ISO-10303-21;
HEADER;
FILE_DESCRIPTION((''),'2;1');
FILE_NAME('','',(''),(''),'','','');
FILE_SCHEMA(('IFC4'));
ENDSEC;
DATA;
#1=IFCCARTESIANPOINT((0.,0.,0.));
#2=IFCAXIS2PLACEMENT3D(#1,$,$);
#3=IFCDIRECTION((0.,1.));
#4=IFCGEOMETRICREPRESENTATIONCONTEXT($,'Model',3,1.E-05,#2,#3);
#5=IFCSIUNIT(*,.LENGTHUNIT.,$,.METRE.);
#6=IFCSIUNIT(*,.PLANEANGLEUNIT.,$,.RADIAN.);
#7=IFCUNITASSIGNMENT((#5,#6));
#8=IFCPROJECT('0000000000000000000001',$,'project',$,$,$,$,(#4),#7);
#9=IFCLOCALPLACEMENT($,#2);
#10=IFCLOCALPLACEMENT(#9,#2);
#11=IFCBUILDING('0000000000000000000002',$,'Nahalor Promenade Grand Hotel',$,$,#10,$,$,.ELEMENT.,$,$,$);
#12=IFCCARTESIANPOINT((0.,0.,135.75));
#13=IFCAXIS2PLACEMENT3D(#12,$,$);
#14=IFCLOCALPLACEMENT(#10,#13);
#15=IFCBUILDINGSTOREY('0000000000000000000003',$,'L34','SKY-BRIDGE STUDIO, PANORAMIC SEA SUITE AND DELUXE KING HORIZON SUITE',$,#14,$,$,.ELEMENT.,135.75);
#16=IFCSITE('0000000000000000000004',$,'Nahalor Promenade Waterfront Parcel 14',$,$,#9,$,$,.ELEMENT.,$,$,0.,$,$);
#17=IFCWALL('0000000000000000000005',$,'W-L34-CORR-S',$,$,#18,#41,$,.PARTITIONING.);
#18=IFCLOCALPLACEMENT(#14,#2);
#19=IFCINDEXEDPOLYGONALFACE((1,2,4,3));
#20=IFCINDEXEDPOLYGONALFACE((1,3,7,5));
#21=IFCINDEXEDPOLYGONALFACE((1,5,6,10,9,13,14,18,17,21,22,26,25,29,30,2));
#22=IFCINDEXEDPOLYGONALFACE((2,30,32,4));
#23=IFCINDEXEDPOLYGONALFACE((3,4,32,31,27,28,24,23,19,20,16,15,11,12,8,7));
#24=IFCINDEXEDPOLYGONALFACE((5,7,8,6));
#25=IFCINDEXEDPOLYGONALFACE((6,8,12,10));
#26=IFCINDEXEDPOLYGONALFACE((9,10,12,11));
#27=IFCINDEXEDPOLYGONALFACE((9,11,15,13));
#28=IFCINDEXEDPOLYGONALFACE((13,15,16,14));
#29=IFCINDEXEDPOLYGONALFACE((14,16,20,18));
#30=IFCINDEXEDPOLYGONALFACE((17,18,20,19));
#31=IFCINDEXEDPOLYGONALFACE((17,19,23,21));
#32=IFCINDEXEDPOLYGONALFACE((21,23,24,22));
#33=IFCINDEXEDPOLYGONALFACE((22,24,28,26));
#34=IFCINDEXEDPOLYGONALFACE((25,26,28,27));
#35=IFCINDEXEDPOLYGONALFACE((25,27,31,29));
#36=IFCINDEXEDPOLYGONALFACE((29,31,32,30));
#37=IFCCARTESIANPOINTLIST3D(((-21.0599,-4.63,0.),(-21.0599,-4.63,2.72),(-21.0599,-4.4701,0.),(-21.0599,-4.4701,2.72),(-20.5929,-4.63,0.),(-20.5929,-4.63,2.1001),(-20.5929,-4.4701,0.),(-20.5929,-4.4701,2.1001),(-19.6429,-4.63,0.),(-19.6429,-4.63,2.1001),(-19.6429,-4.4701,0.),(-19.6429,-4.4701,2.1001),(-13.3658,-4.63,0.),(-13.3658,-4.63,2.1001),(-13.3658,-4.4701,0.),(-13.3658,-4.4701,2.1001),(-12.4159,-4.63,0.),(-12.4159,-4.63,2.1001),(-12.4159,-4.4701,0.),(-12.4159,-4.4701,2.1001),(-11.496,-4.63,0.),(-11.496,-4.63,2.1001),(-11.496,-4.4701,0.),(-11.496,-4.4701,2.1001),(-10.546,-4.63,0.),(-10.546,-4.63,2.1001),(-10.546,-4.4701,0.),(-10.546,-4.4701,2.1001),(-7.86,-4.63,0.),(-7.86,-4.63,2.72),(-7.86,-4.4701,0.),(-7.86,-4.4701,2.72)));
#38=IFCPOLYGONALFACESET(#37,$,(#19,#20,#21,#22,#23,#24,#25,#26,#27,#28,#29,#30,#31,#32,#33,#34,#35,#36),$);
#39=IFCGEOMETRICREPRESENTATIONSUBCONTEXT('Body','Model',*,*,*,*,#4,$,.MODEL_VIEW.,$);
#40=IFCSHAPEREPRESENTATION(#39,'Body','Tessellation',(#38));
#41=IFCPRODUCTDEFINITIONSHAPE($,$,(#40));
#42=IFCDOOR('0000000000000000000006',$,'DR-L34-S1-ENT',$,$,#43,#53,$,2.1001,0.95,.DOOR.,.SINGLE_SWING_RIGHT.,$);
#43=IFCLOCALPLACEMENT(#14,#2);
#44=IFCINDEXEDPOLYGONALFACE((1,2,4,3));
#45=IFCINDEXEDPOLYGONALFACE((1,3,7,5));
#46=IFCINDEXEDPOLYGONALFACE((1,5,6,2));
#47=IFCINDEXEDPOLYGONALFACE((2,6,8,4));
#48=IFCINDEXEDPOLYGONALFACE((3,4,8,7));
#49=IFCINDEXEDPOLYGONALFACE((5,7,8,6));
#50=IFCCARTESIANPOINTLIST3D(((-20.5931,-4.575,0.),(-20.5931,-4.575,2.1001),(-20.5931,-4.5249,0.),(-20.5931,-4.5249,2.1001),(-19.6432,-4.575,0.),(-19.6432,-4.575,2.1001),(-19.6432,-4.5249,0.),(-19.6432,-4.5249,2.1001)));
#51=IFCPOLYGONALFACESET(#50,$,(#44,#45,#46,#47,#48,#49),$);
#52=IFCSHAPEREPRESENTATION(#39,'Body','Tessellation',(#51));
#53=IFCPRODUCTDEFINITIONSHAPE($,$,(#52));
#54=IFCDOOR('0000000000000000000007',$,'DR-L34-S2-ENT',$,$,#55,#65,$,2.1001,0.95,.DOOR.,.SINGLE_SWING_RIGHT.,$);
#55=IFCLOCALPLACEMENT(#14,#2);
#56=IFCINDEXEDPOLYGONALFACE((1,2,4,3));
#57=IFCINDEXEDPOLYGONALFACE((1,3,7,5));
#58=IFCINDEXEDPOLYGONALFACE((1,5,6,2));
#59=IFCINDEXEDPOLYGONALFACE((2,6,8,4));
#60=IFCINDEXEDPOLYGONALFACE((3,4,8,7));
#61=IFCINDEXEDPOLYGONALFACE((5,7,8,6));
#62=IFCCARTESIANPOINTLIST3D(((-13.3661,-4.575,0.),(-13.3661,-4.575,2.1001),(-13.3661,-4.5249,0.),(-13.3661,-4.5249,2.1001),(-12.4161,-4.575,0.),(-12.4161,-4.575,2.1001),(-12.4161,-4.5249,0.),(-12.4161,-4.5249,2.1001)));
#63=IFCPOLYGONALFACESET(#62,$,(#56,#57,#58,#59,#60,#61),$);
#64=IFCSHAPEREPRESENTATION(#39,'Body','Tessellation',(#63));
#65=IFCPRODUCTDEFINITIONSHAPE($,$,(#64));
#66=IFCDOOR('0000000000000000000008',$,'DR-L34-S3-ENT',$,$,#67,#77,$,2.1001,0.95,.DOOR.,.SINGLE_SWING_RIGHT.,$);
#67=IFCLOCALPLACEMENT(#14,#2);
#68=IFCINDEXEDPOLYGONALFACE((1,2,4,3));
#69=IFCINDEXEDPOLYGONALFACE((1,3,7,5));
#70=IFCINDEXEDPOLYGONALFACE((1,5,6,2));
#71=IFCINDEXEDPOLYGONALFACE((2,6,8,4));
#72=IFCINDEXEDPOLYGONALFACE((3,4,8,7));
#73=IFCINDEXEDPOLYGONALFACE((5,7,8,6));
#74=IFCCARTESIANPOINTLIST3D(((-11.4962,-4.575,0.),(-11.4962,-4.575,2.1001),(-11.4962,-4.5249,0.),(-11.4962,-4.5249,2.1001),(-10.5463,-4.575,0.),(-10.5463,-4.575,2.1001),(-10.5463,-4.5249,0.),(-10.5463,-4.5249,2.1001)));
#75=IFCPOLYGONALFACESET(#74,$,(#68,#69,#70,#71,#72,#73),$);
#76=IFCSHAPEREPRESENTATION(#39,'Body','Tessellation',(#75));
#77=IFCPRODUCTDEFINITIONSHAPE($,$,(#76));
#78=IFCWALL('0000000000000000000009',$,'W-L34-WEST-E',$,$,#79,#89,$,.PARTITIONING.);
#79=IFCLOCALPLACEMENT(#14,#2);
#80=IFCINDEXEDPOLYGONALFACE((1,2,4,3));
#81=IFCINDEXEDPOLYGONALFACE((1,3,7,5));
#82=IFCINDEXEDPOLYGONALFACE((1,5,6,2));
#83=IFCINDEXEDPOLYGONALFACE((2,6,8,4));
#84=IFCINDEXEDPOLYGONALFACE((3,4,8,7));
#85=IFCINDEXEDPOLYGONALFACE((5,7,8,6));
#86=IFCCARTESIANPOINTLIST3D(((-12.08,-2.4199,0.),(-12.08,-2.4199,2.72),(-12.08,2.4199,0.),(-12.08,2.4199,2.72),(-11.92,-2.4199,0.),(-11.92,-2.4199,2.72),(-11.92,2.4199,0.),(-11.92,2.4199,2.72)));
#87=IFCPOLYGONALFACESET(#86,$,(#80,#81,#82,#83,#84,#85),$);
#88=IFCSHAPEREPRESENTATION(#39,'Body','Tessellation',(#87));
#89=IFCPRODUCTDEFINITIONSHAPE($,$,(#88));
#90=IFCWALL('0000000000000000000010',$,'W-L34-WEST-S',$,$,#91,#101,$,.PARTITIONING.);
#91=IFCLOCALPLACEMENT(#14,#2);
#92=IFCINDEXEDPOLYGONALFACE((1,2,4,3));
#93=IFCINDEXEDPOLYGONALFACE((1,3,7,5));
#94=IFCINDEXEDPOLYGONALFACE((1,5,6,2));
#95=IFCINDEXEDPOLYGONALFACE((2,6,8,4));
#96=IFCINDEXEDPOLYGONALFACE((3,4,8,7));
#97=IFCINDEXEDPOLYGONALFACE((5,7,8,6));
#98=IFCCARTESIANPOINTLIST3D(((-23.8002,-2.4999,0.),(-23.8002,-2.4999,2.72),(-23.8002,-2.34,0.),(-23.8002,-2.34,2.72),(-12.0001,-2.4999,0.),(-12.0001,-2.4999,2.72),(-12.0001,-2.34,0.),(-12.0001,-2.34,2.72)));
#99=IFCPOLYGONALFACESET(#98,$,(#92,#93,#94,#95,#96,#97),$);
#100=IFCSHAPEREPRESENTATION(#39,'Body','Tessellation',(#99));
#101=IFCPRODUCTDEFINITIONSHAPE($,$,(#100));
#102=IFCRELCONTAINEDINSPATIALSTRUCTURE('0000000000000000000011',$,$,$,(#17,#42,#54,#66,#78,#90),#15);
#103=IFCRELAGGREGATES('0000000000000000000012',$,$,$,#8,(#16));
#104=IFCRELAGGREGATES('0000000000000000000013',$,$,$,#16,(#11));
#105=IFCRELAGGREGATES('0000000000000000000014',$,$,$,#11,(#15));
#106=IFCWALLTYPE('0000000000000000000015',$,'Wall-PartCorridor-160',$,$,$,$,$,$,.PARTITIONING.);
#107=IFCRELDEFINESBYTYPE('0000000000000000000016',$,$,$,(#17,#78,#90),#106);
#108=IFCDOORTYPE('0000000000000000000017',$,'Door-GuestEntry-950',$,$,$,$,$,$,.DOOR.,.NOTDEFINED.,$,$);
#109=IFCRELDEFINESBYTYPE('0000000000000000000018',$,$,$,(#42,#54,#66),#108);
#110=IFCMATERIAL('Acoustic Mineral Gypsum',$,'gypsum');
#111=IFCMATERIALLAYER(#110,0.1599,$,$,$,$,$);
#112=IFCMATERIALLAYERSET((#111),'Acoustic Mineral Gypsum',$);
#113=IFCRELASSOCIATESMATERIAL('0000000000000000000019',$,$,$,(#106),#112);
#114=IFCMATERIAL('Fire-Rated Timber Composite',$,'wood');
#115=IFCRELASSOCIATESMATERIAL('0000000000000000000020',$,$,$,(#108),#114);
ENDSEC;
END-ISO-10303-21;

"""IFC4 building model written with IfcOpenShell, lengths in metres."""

from ifc_helpers import new_model, si_unit, direction, frame, frame_2d, origin, place, context, subcontext, project, spatial, rectangle, extrude, source, transform, mapped, material, layer, layer_set, type_object, element, fill, save


model = new_model("IFC4")

# Units and contexts
model_context = context("Model", 3, precision=1e-05, world=origin(), true_north=direction((0.0, 1.0)))
body_context = subcontext(model_context, "Body", "Model", "MODEL_VIEW")
ifc_project = project(units=[si_unit("LENGTHUNIT", "METRE"), si_unit("PLANEANGLEUNIT", "RADIAN")], contexts=[model_context])

# Site, building, storey
site_placement = place(None, origin())
site = spatial("IfcSite", under=ifc_project, at=site_placement, Name="Nahalor Promenade Waterfront Parcel 14", CompositionType="ELEMENT", RefElevation=0.0)
building_placement = place(site_placement, origin())
building = spatial("IfcBuilding", under=site, at=building_placement, Name="Nahalor Promenade Grand Hotel", CompositionType="ELEMENT")
storey_placement = place(building_placement, frame((0.0, 0.0, 135.75)))
storey = spatial("IfcBuildingStorey", under=building, at=storey_placement, Name="L34", Description="SKY-BRIDGE STUDIO, PANORAMIC SEA SUITE AND DELUXE KING HORIZON SUITE", CompositionType="ELEMENT", Elevation=135.75)

# Wall, openings, doors
ifc_material_1 = material(Name="Acoustic Mineral Gypsum", Category="gypsum")
ifc_layer_1 = layer(ifc_material_1, 0.1599)
ifc_layer_set_1 = layer_set([ifc_layer_1], Name="Acoustic Mineral Gypsum")
wall_type = type_object("IfcWallType", Name="Wall-PartCorridor-160", PredefinedType="PARTITIONING", material=ifc_layer_set_1)
shared_shape_1 = source(origin(), body_context, "Body", "SweptSolid", [
    extrude(rectangle(XDim=13.2, YDim=0.1599, at=frame_2d((6.6001, 0.0))), origin(), (0.0, 0.0, 1.0), 2.72),
])
wall_1_placement = place(storey_placement, frame((-21.0601, -4.55, 0.0), z_axis=(0.0, 0.0, 1.0), x_axis=(1.0, 0.0, 0.0)))
wall_1 = element("IfcWall", 1, at=wall_1_placement, inside=storey, type_object=wall_type, Name="W-L34-CORR-S", PredefinedType="PARTITIONING", context=body_context, shape_type="MappedRepresentation", body=[
    mapped(shared_shape_1, transform((0.0, 0.0, 0.0), scale=1.0)),
])
opening_1_placement = place(wall_1_placement, frame((0.467, 0.0, 0.0)))
opening_1 = element("IfcOpeningElement", 2, at=opening_1_placement, cuts=wall_1, PredefinedType="OPENING", context=body_context, shape_type="SweptSolid", body=[
    extrude(rectangle(XDim=0.95, YDim=2.1001, at=frame_2d((0.4751, 1.05))), frame((0.0, 0.0898, 0.0), z_axis=(0.0, -1.0, 0.0), x_axis=(1.0, 0.0, 0.0)), (0.0, 0.0, 1.0), 0.1799),
])
opening_2_placement = place(wall_1_placement, frame((7.6941, 0.0, 0.0)))
opening_2 = element("IfcOpeningElement", 3, at=opening_2_placement, cuts=wall_1, PredefinedType="OPENING", context=body_context, shape_type="SweptSolid", body=[
    extrude(rectangle(XDim=0.95, YDim=2.1001, at=frame_2d((0.4751, 1.05))), frame((0.0, 0.0898, 0.0), z_axis=(0.0, -1.0, 0.0), x_axis=(1.0, 0.0, 0.0)), (0.0, 0.0, 1.0), 0.1799),
])
opening_3_placement = place(wall_1_placement, frame((9.564, 0.0, 0.0)))
opening_3 = element("IfcOpeningElement", 4, at=opening_3_placement, cuts=wall_1, PredefinedType="OPENING", context=body_context, shape_type="SweptSolid", body=[
    extrude(rectangle(XDim=0.95, YDim=2.1001, at=frame_2d((0.4751, 1.05))), frame((0.0, 0.0898, 0.0), z_axis=(0.0, -1.0, 0.0), x_axis=(1.0, 0.0, 0.0)), (0.0, 0.0, 1.0), 0.1799),
])
ifc_material_2 = material(Name="Fire-Rated Timber Composite", Category="wood")
door_type = type_object("IfcDoorType", Name="Door-GuestEntry-950", OperationType="NOTDEFINED", PredefinedType="DOOR", material=ifc_material_2)
shared_shape_2 = source(origin(), body_context, "Body", "SweptSolid", [
    extrude(rectangle(XDim=0.95, YDim=2.1001, at=frame_2d((0.4751, 1.05))), frame((0.0, 0.0249, 0.0), z_axis=(0.0, -1.0, 0.0), x_axis=(1.0, 0.0, 0.0)), (0.0, 0.0, 1.0), 0.05),
])
door_1_placement = place(opening_1_placement, frame((0.95, 0.0, 0.0), z_axis=(0.0, 0.0, 1.0), x_axis=(-1.0, 0.0, 0.0)))
door_1 = element("IfcDoor", 5, at=door_1_placement, inside=storey, type_object=door_type, Name="DR-L34-S1-ENT", OperationType="SINGLE_SWING_RIGHT", OverallHeight=2.1001, OverallWidth=0.95, PredefinedType="DOOR", context=body_context, shape_type="MappedRepresentation", body=[
    mapped(shared_shape_2, transform((0.0, 0.0, 0.0), scale=1.0)),
])
fill(opening_1, door_1)
door_2_placement = place(opening_2_placement, frame((0.95, 0.0, 0.0), z_axis=(0.0, 0.0, 1.0), x_axis=(-1.0, 0.0, 0.0)))
door_2 = element("IfcDoor", 6, at=door_2_placement, inside=storey, type_object=door_type, Name="DR-L34-S2-ENT", OperationType="SINGLE_SWING_RIGHT", OverallHeight=2.1001, OverallWidth=0.95, PredefinedType="DOOR", context=body_context, shape_type="MappedRepresentation", body=[
    mapped(shared_shape_2, transform((0.0, 0.0, 0.0), scale=1.0)),
])
fill(opening_2, door_2)
door_3_placement = place(opening_3_placement, frame((0.95, 0.0, 0.0), z_axis=(0.0, 0.0, 1.0), x_axis=(-1.0, 0.0, 0.0)))
door_3 = element("IfcDoor", 7, at=door_3_placement, inside=storey, type_object=door_type, Name="DR-L34-S3-ENT", OperationType="SINGLE_SWING_RIGHT", OverallHeight=2.1001, OverallWidth=0.95, PredefinedType="DOOR", context=body_context, shape_type="MappedRepresentation", body=[
    mapped(shared_shape_2, transform((0.0, 0.0, 0.0), scale=1.0)),
])
fill(opening_3, door_3)

# Walls
shared_shape_3 = source(origin(), body_context, "Body", "SweptSolid", [
    extrude(rectangle(XDim=4.8398, YDim=0.1599, at=frame_2d((2.4199, 0.0))), origin(), (0.0, 0.0, 1.0), 2.72),
])
wall_2_placement = place(storey_placement, frame((-12.0, -2.4199, 0.0), z_axis=(0.0, 0.0, 1.0), x_axis=(0.0, 1.0, 0.0)))
element("IfcWall", 8, at=wall_2_placement, inside=storey, type_object=wall_type, Name="W-L34-WEST-E", PredefinedType="PARTITIONING", context=body_context, shape_type="MappedRepresentation", body=[
    mapped(shared_shape_3, transform((0.0, 0.0, 0.0), scale=1.0)),
])
shared_shape_4 = source(origin(), body_context, "Body", "SweptSolid", [
    extrude(rectangle(XDim=11.8, YDim=0.1599, at=frame_2d((5.8999, 0.0))), origin(), (0.0, 0.0, 1.0), 2.72),
])
wall_3_placement = place(storey_placement, frame((-23.8, -2.4199, 0.0), z_axis=(0.0, 0.0, 1.0), x_axis=(1.0, 0.0, 0.0)))
element("IfcWall", 9, at=wall_3_placement, inside=storey, type_object=wall_type, Name="W-L34-WEST-S", PredefinedType="PARTITIONING", context=body_context, shape_type="MappedRepresentation", body=[
    mapped(shared_shape_4, transform((0.0, 0.0, 0.0), scale=1.0)),
])

save(model, "model.ifc")
